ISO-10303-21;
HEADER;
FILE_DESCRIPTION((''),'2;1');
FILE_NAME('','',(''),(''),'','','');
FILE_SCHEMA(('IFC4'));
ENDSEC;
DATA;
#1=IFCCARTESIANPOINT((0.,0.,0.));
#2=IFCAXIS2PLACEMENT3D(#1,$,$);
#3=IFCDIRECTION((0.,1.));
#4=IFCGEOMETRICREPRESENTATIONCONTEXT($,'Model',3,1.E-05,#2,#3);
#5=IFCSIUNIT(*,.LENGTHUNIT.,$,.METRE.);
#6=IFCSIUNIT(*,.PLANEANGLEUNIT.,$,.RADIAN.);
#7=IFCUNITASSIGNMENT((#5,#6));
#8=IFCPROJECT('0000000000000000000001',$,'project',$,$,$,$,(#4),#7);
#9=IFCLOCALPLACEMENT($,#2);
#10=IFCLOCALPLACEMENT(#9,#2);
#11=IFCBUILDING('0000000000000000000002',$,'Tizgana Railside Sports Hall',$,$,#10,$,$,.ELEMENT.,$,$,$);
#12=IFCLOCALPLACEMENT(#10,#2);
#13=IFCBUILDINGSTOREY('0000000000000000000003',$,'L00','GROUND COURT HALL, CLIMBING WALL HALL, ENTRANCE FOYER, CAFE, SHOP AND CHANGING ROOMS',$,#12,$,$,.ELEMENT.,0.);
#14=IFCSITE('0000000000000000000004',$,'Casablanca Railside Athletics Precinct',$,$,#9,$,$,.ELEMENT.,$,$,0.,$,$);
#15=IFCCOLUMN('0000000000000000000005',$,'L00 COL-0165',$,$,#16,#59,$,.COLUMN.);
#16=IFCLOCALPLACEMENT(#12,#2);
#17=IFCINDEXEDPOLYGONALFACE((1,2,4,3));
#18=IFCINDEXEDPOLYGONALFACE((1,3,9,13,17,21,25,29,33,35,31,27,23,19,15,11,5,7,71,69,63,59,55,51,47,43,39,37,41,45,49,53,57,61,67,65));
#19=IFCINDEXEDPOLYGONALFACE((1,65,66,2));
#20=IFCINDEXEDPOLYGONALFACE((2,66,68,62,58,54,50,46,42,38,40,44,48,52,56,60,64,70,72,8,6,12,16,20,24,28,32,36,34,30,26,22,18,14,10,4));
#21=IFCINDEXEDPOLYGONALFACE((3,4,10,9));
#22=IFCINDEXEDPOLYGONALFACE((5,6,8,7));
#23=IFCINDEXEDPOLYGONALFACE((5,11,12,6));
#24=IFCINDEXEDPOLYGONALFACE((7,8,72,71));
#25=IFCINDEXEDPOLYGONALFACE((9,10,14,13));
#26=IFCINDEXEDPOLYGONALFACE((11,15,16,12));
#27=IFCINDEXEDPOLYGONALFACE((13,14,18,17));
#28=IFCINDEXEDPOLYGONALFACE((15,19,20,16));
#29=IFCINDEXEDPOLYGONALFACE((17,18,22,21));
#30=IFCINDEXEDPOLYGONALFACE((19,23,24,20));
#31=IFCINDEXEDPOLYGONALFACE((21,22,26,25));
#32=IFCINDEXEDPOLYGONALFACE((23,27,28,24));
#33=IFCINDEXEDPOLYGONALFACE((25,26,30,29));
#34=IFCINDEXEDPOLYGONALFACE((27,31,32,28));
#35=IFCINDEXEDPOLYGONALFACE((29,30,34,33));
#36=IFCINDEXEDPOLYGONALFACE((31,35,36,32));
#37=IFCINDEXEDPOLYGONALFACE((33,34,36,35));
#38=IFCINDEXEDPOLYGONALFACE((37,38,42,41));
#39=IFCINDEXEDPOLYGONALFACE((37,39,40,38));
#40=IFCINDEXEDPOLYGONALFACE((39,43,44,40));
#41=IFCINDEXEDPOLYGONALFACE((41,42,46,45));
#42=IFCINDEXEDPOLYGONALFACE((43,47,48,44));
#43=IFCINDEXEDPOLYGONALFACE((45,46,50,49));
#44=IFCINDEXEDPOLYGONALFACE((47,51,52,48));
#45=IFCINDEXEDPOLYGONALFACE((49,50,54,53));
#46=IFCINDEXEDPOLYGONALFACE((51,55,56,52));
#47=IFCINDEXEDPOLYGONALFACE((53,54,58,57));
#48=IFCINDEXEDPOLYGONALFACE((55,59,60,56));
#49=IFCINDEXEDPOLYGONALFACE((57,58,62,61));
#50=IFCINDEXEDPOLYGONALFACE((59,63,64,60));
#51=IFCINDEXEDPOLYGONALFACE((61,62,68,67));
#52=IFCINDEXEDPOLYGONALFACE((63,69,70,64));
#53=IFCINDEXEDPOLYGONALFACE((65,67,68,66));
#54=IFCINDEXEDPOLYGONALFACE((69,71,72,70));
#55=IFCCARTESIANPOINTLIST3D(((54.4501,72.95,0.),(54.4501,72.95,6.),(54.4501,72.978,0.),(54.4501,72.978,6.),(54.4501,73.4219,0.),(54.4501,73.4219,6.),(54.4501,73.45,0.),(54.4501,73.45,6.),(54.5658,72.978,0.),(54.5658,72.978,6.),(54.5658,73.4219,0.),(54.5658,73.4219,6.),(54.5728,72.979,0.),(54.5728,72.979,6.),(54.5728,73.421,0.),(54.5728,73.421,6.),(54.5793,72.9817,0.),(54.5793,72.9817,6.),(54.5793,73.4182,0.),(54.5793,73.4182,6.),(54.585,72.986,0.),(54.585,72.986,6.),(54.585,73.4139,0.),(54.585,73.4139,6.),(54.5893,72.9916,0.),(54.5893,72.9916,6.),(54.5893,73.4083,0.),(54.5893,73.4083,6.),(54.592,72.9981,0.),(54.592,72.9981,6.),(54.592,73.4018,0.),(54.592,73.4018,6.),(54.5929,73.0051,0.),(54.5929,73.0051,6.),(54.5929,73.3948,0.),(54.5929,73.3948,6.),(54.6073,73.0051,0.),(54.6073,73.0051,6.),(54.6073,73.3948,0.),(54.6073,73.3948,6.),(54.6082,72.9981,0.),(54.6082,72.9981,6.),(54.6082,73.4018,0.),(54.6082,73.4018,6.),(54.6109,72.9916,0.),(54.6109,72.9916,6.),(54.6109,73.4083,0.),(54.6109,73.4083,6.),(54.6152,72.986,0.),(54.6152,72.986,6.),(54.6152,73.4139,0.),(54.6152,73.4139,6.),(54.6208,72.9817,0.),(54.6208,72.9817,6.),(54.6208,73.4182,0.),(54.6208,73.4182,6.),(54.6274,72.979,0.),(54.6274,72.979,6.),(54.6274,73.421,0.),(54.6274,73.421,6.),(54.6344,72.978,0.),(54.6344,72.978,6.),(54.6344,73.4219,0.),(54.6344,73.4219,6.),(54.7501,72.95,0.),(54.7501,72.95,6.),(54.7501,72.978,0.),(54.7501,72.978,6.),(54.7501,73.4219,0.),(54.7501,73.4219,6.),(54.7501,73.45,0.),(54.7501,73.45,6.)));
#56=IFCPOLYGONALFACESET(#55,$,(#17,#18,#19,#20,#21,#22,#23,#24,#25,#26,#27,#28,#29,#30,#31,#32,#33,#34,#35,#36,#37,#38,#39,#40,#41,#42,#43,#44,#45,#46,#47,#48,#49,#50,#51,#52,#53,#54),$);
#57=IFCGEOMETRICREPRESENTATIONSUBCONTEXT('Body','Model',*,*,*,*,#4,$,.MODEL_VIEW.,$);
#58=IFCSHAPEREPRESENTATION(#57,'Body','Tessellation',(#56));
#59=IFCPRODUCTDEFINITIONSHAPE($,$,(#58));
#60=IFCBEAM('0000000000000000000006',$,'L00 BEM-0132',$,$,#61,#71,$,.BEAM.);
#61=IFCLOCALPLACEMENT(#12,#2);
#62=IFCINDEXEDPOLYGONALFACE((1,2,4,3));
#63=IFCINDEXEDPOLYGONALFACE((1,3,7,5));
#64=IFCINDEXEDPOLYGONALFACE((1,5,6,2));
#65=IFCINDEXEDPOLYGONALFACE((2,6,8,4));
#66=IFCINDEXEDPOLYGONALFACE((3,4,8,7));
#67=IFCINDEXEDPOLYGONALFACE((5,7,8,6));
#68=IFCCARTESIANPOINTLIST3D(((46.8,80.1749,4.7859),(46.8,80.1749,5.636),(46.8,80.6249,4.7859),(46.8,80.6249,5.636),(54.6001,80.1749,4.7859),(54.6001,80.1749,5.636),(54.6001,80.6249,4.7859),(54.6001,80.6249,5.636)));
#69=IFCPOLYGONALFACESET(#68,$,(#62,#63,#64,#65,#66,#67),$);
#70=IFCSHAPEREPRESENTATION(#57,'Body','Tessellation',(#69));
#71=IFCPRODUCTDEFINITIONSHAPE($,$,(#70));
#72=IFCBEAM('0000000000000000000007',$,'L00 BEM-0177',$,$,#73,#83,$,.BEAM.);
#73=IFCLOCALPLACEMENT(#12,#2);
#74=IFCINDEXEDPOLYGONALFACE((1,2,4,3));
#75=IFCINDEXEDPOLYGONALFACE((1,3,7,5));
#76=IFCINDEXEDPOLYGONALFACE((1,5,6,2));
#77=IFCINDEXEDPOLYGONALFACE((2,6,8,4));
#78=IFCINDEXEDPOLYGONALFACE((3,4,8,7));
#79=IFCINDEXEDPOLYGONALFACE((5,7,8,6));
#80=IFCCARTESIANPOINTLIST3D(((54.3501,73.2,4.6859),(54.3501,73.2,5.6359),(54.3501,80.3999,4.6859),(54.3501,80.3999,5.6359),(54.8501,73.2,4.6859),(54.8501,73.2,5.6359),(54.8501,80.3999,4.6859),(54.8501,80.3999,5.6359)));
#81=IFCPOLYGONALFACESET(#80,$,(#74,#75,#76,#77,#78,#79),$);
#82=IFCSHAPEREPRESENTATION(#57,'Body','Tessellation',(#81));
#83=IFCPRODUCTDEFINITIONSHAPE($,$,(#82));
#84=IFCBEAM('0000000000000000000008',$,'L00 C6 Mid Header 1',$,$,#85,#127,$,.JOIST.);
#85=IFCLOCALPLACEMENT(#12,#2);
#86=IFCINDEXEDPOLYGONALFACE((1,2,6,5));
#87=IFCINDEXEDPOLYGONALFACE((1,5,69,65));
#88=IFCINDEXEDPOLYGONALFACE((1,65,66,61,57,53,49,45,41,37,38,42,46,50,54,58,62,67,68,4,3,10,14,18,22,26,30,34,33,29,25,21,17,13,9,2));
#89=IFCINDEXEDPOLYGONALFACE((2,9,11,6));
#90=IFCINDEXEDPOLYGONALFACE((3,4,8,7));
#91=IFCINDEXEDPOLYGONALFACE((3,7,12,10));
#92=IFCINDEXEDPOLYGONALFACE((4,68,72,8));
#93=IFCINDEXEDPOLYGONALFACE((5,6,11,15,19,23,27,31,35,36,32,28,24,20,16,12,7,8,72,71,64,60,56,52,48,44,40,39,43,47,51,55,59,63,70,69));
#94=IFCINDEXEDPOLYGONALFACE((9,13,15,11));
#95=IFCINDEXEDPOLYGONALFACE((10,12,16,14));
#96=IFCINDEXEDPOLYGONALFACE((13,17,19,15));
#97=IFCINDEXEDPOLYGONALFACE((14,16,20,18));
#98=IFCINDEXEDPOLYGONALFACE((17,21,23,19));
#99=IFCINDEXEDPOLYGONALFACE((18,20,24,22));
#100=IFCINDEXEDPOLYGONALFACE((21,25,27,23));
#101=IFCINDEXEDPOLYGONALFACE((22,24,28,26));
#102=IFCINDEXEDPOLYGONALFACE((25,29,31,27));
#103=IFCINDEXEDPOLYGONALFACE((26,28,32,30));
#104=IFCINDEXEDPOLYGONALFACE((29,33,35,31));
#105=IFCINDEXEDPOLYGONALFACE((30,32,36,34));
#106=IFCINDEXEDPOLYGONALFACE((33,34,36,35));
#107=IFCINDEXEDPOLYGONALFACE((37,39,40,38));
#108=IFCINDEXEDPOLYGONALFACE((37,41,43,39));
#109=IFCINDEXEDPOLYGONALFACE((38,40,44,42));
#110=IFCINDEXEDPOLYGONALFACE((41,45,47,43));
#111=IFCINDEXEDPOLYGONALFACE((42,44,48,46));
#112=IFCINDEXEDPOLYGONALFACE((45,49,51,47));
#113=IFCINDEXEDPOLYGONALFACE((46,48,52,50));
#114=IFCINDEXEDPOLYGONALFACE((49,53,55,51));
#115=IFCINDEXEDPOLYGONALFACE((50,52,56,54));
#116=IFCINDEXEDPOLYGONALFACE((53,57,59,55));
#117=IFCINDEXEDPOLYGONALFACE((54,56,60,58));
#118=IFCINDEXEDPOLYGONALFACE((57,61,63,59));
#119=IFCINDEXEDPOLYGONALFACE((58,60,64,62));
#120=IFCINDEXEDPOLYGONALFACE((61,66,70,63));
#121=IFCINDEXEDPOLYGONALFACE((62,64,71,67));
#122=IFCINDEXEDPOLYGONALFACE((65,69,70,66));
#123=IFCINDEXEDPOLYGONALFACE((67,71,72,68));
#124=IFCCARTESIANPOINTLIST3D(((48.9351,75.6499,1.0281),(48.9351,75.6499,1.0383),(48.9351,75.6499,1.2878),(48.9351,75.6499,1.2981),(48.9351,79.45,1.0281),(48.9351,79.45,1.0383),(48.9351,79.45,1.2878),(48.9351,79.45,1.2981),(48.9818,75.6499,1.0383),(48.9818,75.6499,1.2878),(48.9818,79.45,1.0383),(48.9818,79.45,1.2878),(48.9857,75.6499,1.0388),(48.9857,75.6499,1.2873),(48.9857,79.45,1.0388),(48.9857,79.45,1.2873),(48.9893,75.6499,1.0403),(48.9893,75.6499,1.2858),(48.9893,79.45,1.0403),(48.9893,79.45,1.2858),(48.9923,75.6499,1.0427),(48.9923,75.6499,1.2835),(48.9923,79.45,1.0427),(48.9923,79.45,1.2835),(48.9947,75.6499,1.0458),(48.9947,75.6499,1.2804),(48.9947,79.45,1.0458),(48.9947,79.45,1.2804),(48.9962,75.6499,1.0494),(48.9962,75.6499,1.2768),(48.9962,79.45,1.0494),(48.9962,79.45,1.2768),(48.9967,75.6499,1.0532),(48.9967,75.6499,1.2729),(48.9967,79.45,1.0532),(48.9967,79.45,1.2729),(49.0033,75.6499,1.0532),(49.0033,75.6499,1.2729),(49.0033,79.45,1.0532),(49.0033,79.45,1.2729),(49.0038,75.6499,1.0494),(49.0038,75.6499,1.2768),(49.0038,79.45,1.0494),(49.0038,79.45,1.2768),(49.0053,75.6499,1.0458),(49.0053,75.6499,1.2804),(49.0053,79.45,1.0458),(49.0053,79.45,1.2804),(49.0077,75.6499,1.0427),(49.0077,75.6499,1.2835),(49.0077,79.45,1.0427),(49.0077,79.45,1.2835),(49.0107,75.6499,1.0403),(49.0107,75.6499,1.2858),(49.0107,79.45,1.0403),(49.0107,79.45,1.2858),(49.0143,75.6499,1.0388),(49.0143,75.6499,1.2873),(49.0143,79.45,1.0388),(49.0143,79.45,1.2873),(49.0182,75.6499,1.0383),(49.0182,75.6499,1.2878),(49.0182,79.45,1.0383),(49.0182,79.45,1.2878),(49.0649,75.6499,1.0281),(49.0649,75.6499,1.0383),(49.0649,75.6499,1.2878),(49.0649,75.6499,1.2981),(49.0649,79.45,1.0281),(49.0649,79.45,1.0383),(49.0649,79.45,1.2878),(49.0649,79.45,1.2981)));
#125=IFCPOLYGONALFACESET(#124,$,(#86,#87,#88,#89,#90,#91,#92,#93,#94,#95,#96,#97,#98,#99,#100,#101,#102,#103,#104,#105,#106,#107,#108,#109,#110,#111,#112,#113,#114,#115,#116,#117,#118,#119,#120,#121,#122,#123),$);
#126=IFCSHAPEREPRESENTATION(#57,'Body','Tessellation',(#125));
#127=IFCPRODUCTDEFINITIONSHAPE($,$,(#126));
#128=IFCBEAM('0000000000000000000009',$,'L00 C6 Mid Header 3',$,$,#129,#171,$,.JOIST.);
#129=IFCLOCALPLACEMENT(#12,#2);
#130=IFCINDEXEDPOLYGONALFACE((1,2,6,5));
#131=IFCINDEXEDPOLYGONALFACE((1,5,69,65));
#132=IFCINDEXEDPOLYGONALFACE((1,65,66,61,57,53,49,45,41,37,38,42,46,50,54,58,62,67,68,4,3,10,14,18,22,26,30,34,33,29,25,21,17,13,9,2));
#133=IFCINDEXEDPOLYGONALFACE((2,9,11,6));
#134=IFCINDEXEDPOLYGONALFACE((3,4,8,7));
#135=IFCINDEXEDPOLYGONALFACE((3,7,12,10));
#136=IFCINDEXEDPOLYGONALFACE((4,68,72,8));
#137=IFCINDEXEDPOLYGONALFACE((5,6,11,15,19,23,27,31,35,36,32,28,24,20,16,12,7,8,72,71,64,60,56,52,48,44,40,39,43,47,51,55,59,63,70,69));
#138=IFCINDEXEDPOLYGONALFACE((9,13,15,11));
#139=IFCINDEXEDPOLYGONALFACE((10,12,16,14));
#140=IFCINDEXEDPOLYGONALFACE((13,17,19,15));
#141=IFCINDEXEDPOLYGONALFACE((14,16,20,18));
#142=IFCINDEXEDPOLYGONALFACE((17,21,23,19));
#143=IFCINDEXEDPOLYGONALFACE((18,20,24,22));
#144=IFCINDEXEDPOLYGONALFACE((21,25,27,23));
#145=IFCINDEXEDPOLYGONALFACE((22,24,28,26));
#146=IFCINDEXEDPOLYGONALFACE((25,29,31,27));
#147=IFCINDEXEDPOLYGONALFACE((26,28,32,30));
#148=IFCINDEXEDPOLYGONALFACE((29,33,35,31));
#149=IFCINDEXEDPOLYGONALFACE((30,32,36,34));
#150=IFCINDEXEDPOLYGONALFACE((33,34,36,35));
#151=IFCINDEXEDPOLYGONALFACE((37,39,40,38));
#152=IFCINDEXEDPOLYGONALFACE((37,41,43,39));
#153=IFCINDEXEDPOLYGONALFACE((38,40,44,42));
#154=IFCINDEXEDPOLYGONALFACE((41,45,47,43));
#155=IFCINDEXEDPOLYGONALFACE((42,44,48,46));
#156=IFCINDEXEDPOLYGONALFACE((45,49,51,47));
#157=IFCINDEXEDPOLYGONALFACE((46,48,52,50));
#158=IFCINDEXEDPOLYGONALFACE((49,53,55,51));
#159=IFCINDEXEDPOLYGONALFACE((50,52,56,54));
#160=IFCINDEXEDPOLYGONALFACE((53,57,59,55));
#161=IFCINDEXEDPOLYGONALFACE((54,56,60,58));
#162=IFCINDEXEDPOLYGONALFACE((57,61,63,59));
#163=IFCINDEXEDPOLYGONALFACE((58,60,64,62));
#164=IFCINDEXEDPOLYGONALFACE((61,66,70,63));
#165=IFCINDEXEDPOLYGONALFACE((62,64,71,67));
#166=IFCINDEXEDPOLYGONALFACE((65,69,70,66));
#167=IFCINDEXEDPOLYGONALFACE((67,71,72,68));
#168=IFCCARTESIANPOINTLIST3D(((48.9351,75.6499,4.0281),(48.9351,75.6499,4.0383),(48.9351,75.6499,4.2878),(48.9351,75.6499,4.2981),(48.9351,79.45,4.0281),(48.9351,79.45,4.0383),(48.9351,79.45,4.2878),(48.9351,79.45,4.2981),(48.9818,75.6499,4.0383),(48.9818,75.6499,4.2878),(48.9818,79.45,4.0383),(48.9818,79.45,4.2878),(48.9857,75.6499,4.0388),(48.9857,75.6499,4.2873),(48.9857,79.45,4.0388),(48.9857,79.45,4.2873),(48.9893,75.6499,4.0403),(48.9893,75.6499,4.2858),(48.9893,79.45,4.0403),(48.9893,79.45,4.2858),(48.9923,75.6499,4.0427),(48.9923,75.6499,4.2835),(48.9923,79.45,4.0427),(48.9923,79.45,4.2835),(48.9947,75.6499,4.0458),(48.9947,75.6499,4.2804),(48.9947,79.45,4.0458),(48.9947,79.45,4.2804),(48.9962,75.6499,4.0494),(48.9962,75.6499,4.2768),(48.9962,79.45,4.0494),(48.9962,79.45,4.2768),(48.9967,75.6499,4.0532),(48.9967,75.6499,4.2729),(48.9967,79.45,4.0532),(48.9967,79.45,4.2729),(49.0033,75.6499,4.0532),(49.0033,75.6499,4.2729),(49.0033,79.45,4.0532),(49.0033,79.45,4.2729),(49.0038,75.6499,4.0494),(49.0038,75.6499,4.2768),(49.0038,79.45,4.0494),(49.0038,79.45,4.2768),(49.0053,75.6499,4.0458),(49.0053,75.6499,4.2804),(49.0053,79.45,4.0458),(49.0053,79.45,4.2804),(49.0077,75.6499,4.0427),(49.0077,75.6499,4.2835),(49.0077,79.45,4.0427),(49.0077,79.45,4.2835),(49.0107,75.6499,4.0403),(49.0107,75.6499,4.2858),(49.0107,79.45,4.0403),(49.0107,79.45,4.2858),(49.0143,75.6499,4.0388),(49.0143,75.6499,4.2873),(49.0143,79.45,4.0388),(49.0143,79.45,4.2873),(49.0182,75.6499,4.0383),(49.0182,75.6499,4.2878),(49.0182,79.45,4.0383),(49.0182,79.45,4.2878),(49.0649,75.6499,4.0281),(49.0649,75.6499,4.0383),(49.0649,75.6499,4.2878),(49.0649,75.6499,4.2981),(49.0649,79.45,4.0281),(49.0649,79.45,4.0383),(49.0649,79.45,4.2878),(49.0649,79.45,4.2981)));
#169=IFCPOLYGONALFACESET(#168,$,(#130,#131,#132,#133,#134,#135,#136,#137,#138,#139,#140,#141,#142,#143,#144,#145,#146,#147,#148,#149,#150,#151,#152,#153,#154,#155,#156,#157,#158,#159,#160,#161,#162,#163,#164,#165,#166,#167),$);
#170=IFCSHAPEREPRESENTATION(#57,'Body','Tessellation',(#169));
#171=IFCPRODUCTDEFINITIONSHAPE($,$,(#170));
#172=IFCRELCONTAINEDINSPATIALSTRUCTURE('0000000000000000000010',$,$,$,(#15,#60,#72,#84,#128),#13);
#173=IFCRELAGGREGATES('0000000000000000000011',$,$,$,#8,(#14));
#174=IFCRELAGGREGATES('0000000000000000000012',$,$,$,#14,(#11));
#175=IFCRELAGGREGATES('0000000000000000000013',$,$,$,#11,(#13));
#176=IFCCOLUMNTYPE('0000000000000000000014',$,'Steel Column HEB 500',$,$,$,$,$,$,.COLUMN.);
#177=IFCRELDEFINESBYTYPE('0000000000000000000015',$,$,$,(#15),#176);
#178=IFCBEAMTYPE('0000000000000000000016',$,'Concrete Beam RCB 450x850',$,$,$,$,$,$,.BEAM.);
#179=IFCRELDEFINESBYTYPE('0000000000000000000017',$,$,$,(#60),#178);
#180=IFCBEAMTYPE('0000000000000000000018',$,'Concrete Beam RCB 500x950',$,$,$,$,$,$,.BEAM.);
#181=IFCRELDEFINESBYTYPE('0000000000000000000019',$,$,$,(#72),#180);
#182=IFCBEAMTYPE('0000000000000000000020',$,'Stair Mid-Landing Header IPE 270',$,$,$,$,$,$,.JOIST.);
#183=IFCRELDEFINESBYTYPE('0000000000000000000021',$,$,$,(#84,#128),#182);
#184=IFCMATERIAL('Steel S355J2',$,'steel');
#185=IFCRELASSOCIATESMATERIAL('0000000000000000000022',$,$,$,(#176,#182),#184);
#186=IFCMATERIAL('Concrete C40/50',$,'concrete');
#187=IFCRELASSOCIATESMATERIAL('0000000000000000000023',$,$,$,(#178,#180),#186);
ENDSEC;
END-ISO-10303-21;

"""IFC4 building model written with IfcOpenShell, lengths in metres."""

from ifc_helpers import new_model, si_unit, direction, frame, origin, origin_2d, place, context, subcontext, project, spatial, rectangle, i_section, extrude, material, material_profile, profile_set, type_object, element, save


model = new_model("IFC4")

# Units and contexts
model_context = context("Model", 3, precision=1e-05, world=origin(), true_north=direction((0.0, 1.0)))
body_context = subcontext(model_context, "Body", "Model", "MODEL_VIEW")
ifc_project = project(units=[si_unit("LENGTHUNIT", "METRE"), si_unit("PLANEANGLEUNIT", "RADIAN")], contexts=[model_context])

# Site, building, storey
site_placement = place(None, origin())
site = spatial("IfcSite", under=ifc_project, at=site_placement, Name="Casablanca Railside Athletics Precinct", CompositionType="ELEMENT", RefElevation=0.0)
building_placement = place(site_placement, origin())
building = spatial("IfcBuilding", under=site, at=building_placement, Name="Tizgana Railside Sports Hall", CompositionType="ELEMENT")
storey_placement = place(building_placement, origin())
storey = spatial("IfcBuildingStorey", under=building, at=storey_placement, Name="L00", Description="GROUND COURT HALL, CLIMBING WALL HALL, ENTRANCE FOYER, CAFE, SHOP AND CHANGING ROOMS", CompositionType="ELEMENT", Elevation=0.0)

# Column
ifc_material_1 = material(Name="Concrete C40/50", Category="concrete")
ifc_material_2 = material(Name="Steel S355J2", Category="steel")
ifc_material_profile_1 = material_profile(ifc_material_2, i_section(OverallWidth=0.3, OverallDepth=0.5, WebThickness=0.0144, FlangeThickness=0.0281, FilletRadius=0.0271, at=origin_2d()), Name="HEB 500")
ifc_profile_set_1 = profile_set([ifc_material_profile_1], Name="Steel S355J2")
column_type_1 = type_object("IfcColumnType", Name="Steel Column HEB 500", PredefinedType="COLUMN", material=ifc_profile_set_1)
column_1_placement = place(storey_placement, frame((54.6001, 73.2, 0.0), z_axis=(0.0, 0.0, 1.0), x_axis=(1.0, 0.0, 0.0)))
element("IfcColumn", 1, at=column_1_placement, inside=storey, type_object=column_type_1, Name="L00 COL-0165", PredefinedType="COLUMN", context=body_context, shape_type="SweptSolid", body=[
    extrude(i_section(OverallWidth=0.3, OverallDepth=0.5, WebThickness=0.0144, FlangeThickness=0.0281, FilletRadius=0.0271, at=origin_2d()), origin(), (0.0, 0.0, 1.0), 6.0),
])

# Beams
ifc_material_profile_2 = material_profile(ifc_material_1, rectangle(XDim=0.45, YDim=0.8501, at=origin_2d()), Name="RCB 450x850")
ifc_profile_set_2 = profile_set([ifc_material_profile_2], Name="Concrete C40/50")
beam_type_1 = type_object("IfcBeamType", Name="Concrete Beam RCB 450x850", PredefinedType="BEAM", material=ifc_profile_set_2)
beam_1_placement = place(storey_placement, frame((46.8, 80.3999, 5.2109), z_axis=(1.0, 0.0, 0.0), x_axis=(0.0, 1.0, 0.0)))
element("IfcBeam", 2, at=beam_1_placement, inside=storey, type_object=beam_type_1, Name="L00 BEM-0132", PredefinedType="BEAM", context=body_context, shape_type="SweptSolid", body=[
    extrude(rectangle(XDim=0.45, YDim=0.8501, at=origin_2d()), origin(), (0.0, 0.0, 1.0), 7.8),
])
ifc_material_profile_3 = material_profile(ifc_material_1, rectangle(XDim=0.5, YDim=0.95, at=origin_2d()), Name="RCB 500x950")
ifc_profile_set_3 = profile_set([ifc_material_profile_3], Name="Concrete C40/50")
beam_type_2 = type_object("IfcBeamType", Name="Concrete Beam RCB 500x950", PredefinedType="BEAM", material=ifc_profile_set_3)
beam_2_placement = place(storey_placement, frame((54.6001, 73.2, 5.1609), z_axis=(0.0, 1.0, 0.0), x_axis=(-1.0, 0.0, 0.0)))
element("IfcBeam", 3, at=beam_2_placement, inside=storey, type_object=beam_type_2, Name="L00 BEM-0177", PredefinedType="BEAM", context=body_context, shape_type="SweptSolid", body=[
    extrude(rectangle(XDim=0.5, YDim=0.95, at=origin_2d()), origin(), (0.0, 0.0, 1.0), 7.2),
])
ifc_material_profile_4 = material_profile(ifc_material_2, i_section(OverallWidth=0.1299, OverallDepth=0.27, WebThickness=0.0066, FlangeThickness=0.0103, FilletRadius=0.0149, at=origin_2d()), Name="IPE 270")
ifc_profile_set_4 = profile_set([ifc_material_profile_4], Name="Steel S355J2")
beam_type_3 = type_object("IfcBeamType", Name="Stair Mid-Landing Header IPE 270", PredefinedType="JOIST", material=ifc_profile_set_4)
for number, where, z_axis, x_axis, name in (
    (4, (49.0, 75.6499, 1.1631), (0.0, 1.0, 0.0), (-1.0, 0.0, 0.0), "L00 C6 Mid Header 1"),
    (5, (49.0, 75.6499, 4.1631), (0.0, 1.0, 0.0), (-1.0, 0.0, 0.0), "L00 C6 Mid Header 3"),
):
    element("IfcBeam", number, at=place(storey_placement, frame(where, z_axis=z_axis, x_axis=x_axis)), inside=storey, type_object=beam_type_3, Name=name, PredefinedType="JOIST", context=body_context, shape_type="SweptSolid", body=[
        extrude(i_section(OverallWidth=0.1299, OverallDepth=0.27, WebThickness=0.0066, FlangeThickness=0.0103, FilletRadius=0.0149, at=origin_2d()), origin(), (0.0, 0.0, 1.0), 3.8),
    ])

save(model, "model.ifc")
